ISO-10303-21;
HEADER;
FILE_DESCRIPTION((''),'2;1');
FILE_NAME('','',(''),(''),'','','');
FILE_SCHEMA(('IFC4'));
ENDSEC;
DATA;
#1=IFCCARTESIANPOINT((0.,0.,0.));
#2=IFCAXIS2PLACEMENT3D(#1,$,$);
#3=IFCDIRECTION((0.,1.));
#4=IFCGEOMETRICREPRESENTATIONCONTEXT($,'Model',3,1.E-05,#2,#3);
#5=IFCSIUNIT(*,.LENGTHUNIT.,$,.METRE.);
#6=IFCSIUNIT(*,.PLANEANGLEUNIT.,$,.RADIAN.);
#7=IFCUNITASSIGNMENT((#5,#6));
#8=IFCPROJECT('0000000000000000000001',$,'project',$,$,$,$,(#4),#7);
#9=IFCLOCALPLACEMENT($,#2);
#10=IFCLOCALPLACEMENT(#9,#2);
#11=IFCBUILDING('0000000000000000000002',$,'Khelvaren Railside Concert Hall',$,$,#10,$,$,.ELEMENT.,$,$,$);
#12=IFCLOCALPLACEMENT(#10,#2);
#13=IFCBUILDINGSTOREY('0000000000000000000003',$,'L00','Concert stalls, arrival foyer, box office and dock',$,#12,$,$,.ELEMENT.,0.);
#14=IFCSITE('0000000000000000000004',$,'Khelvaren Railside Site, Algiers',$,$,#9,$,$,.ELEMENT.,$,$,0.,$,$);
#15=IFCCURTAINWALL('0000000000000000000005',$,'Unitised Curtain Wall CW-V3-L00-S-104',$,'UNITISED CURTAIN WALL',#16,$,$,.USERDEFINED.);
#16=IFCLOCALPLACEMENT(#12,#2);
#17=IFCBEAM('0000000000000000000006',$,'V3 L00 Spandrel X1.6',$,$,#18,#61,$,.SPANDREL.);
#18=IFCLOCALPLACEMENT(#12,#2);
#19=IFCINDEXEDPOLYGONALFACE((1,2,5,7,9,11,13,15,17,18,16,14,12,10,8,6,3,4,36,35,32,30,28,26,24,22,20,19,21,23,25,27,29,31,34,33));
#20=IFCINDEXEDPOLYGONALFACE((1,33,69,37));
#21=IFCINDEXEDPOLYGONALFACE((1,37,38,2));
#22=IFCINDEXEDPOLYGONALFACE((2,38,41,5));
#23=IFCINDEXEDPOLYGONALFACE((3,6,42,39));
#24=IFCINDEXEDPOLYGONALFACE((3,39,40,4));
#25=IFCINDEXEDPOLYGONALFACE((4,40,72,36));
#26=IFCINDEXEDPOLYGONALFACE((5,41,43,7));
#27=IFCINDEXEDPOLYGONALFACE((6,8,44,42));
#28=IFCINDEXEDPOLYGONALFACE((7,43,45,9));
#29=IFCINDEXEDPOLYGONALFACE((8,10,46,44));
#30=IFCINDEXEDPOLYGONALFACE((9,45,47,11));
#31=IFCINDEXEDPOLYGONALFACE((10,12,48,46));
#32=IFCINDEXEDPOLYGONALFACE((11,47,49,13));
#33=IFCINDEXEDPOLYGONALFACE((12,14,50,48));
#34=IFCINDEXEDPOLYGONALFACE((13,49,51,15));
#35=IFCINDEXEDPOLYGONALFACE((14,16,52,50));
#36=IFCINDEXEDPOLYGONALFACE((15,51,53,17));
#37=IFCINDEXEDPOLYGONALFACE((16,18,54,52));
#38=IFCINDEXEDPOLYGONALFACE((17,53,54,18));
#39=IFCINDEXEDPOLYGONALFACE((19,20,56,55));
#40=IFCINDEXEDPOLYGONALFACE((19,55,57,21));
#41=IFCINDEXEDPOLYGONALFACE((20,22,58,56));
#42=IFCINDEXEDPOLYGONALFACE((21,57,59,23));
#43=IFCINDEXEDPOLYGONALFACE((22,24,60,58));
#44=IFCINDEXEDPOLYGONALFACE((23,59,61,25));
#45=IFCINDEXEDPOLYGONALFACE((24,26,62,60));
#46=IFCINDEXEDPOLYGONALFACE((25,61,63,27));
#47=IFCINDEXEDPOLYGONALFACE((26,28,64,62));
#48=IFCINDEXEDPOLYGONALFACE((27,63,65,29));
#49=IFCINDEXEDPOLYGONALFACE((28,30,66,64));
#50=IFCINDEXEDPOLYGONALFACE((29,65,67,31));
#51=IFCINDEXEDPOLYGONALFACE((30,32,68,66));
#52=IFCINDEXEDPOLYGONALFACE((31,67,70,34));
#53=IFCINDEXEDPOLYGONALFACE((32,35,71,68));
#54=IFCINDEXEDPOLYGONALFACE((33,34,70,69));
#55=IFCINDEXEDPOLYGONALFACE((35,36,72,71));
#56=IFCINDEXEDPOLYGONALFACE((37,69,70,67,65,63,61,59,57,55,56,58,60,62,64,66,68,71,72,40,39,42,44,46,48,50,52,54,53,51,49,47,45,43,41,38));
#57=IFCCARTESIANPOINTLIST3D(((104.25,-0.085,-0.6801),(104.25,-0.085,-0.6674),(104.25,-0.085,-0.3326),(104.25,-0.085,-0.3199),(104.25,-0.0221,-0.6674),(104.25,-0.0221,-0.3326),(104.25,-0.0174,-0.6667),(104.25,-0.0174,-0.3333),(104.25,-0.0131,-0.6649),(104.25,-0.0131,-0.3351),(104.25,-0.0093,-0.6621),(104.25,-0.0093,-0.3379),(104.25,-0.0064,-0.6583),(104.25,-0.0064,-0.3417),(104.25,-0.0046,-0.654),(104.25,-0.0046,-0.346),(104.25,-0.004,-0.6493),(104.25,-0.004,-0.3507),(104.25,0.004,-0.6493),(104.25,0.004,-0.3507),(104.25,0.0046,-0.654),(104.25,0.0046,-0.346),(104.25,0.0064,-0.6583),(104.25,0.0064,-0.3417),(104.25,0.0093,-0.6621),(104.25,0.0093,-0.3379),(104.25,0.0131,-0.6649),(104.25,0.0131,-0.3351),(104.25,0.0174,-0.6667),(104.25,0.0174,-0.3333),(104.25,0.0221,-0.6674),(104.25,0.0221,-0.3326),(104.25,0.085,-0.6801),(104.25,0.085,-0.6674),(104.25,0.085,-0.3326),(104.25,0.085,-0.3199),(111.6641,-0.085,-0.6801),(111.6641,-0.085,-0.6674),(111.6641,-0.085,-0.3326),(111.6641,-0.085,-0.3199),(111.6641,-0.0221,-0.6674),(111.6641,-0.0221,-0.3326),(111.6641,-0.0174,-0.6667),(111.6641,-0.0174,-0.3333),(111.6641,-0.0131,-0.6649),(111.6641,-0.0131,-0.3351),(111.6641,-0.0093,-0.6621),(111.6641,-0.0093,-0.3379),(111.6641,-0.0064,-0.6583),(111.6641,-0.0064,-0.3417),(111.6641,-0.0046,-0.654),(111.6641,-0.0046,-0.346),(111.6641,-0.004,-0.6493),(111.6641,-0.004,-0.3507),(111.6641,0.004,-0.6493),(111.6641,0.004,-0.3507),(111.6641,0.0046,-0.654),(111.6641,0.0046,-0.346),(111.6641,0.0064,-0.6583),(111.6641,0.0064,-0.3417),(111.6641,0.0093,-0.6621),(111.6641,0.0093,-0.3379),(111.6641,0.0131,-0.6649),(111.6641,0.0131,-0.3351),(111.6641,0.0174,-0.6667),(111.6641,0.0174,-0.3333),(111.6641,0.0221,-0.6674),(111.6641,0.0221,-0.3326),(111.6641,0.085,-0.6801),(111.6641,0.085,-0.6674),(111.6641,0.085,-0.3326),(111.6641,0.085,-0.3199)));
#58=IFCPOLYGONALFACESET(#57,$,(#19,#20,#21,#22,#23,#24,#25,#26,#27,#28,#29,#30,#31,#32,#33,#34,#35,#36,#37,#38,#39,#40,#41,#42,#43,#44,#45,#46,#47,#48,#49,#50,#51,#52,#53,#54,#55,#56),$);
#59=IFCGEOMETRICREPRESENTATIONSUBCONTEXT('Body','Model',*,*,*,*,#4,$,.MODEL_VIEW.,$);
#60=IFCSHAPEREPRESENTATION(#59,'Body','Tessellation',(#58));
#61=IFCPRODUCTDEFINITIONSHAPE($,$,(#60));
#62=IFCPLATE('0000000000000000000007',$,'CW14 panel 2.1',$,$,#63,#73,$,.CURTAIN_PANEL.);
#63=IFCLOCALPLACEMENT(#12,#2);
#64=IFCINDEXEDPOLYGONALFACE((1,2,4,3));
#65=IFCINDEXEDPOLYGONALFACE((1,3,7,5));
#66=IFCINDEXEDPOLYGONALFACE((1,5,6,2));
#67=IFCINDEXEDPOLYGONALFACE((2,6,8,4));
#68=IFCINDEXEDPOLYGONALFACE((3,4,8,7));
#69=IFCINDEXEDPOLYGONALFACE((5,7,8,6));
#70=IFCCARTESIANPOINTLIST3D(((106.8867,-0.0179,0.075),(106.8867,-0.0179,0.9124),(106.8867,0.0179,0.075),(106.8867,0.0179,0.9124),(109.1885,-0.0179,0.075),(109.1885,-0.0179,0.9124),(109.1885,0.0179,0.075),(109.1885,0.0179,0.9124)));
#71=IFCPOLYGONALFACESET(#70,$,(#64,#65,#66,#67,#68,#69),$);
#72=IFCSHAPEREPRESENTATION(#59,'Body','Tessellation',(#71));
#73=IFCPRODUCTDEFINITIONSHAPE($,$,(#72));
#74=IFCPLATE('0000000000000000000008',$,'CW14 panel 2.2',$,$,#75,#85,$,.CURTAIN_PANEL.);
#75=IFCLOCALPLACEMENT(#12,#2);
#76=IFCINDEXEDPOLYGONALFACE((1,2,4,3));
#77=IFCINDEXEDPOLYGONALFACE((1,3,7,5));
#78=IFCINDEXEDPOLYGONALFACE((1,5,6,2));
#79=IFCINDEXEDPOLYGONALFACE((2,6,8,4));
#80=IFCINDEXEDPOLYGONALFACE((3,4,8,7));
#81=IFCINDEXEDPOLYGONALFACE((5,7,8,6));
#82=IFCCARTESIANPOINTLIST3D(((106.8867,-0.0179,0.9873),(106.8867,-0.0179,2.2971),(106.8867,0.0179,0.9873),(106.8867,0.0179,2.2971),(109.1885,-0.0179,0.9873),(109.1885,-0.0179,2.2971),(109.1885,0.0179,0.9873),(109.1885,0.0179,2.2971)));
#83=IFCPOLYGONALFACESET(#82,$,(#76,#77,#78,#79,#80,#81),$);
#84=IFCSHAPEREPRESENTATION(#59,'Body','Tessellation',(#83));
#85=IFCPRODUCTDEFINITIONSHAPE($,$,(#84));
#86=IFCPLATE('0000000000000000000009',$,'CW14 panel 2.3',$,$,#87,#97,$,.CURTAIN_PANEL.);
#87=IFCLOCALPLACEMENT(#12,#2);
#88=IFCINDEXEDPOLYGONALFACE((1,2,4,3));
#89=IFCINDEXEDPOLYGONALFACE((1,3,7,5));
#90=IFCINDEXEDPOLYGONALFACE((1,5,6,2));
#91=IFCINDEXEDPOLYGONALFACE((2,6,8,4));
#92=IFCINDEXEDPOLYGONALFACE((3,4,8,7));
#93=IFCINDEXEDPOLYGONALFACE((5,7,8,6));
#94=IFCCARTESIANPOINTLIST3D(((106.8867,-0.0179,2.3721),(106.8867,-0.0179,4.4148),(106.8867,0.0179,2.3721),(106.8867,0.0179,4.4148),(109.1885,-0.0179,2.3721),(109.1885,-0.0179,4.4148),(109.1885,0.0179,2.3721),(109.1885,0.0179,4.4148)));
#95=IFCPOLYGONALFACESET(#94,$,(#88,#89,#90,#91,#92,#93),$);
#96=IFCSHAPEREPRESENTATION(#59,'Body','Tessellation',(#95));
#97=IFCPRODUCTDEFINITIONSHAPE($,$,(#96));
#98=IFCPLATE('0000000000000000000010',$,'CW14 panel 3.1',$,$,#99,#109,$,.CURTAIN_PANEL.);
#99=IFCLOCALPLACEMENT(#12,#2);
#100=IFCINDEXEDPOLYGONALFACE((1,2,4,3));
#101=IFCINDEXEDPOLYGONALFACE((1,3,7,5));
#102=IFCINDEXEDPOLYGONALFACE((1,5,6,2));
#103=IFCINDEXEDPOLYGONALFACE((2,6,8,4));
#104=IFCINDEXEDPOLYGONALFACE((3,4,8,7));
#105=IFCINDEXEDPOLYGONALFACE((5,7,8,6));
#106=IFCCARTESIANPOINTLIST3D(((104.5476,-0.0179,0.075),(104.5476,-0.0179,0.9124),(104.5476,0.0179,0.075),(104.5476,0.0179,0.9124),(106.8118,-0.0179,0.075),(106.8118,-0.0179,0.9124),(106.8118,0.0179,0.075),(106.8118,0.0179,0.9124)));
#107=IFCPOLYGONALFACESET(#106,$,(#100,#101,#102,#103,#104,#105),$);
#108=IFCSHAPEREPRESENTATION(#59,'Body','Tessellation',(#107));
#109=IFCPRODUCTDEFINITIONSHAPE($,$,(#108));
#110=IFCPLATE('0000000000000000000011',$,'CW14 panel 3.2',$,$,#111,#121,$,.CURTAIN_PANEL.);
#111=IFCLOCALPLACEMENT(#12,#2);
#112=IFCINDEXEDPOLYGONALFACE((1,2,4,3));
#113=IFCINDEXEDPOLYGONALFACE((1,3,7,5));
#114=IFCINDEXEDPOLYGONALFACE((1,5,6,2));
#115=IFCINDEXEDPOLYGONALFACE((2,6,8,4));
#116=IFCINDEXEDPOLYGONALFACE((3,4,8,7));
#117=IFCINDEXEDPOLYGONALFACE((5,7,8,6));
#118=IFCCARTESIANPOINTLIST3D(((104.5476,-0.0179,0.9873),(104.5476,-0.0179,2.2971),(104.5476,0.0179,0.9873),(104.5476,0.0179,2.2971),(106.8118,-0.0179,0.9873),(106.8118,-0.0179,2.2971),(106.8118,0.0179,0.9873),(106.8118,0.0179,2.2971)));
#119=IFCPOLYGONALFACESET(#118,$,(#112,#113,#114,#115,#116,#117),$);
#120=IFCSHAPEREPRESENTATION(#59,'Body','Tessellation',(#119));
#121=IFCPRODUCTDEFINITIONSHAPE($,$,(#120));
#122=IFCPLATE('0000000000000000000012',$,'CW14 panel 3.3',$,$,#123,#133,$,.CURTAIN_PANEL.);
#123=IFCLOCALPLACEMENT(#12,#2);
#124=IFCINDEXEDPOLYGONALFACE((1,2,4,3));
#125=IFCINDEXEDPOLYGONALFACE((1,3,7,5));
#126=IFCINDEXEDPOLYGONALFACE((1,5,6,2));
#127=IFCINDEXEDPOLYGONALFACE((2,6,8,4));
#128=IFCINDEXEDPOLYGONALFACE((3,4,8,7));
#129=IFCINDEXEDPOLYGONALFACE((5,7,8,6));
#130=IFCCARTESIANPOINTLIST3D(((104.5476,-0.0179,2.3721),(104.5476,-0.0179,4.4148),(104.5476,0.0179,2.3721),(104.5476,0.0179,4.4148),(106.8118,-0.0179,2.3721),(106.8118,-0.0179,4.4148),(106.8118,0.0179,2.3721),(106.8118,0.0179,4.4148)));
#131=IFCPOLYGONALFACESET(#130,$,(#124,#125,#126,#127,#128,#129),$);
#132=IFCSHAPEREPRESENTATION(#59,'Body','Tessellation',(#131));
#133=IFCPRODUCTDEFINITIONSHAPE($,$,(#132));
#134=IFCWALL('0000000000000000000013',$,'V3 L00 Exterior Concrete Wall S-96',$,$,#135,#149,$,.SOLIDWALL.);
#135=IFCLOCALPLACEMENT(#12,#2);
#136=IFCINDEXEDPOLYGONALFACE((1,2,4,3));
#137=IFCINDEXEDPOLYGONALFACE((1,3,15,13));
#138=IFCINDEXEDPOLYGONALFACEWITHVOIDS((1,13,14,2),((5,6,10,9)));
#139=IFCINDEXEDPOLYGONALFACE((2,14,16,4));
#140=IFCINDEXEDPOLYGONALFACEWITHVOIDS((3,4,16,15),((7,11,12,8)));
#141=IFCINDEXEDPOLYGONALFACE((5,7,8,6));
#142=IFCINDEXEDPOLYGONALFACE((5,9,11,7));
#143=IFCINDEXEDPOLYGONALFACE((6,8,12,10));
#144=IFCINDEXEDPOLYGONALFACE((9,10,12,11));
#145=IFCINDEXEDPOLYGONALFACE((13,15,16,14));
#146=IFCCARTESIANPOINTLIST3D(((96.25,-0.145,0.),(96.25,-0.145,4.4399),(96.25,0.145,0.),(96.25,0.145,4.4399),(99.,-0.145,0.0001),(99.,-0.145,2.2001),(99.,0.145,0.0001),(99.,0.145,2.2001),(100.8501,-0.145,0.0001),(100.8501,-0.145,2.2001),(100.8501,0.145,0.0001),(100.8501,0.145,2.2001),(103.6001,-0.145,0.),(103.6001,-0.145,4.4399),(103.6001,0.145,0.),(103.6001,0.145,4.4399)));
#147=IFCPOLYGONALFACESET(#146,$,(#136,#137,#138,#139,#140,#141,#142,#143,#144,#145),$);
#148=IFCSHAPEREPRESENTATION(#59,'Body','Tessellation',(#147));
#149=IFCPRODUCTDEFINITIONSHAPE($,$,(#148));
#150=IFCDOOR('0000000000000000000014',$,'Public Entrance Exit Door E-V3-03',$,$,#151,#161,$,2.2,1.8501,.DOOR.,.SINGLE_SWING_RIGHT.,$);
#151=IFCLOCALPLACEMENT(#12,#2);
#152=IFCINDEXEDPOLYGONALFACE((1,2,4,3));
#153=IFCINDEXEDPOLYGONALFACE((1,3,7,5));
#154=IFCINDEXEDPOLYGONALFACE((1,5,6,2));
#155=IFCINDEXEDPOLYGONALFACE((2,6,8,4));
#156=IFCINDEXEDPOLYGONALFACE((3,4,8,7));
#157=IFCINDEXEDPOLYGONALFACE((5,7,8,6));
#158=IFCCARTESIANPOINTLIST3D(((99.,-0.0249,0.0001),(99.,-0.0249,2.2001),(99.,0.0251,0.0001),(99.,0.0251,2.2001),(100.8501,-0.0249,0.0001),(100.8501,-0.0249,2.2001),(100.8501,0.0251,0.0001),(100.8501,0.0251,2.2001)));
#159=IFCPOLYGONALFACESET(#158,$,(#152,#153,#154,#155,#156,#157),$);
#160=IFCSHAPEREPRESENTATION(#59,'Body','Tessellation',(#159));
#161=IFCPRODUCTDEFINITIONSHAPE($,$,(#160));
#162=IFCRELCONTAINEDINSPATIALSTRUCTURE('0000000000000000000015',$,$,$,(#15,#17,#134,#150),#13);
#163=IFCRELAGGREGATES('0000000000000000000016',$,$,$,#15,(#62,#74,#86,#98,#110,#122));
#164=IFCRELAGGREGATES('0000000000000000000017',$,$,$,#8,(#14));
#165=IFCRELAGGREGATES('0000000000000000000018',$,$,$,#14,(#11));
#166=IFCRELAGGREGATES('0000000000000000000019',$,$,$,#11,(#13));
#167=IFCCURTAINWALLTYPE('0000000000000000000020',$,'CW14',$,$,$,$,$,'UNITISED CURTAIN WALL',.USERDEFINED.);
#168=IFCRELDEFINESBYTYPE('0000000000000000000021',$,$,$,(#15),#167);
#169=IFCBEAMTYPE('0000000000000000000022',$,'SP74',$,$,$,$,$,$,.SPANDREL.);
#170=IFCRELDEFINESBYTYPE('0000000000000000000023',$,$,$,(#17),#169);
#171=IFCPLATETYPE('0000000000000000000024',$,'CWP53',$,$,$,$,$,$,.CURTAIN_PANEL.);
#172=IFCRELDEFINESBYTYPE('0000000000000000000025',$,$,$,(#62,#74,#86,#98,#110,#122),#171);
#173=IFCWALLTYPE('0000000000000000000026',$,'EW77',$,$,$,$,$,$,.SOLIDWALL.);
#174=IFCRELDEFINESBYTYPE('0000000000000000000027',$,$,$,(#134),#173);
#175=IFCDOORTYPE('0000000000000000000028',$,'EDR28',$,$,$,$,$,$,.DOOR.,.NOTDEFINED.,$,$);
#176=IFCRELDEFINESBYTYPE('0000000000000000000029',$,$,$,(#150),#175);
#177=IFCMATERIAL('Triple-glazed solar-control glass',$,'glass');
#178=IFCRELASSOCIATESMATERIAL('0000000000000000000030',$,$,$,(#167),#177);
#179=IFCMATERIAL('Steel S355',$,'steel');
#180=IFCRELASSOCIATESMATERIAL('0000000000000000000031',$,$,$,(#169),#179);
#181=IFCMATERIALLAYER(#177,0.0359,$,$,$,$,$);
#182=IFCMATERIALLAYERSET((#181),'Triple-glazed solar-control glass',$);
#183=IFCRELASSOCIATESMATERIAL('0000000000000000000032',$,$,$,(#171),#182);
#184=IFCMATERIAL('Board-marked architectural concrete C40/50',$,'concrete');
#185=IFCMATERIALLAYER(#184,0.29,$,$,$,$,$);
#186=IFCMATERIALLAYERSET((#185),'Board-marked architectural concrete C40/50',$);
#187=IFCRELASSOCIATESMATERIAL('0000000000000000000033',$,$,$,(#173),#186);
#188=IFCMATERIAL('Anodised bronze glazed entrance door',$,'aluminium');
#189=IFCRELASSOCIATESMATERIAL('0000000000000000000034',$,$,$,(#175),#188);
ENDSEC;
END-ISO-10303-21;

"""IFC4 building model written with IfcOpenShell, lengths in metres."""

from ifc_helpers import new_model, si_unit, direction, frame, frame_2d, origin, origin_2d, place, context, subcontext, project, spatial, rectangle, i_section, extrude, material, layer, layer_set, material_profile, profile_set, type_object, element, fill, aggregate, save


model = new_model("IFC4")

# Units and contexts
model_context = context("Model", 3, precision=1e-05, world=origin(), true_north=direction((0.0, 1.0)))
body_context = subcontext(model_context, "Body", "Model", "MODEL_VIEW")
ifc_project = project(units=[si_unit("LENGTHUNIT", "METRE"), si_unit("PLANEANGLEUNIT", "RADIAN")], contexts=[model_context])

# Site, building, storey
site_placement = place(None, origin())
site = spatial("IfcSite", under=ifc_project, at=site_placement, Name="Khelvaren Railside Site, Algiers", CompositionType="ELEMENT", RefElevation=0.0)
building_placement = place(site_placement, origin())
building = spatial("IfcBuilding", under=site, at=building_placement, Name="Khelvaren Railside Concert Hall", CompositionType="ELEMENT")
storey_placement = place(building_placement, origin())
storey = spatial("IfcBuildingStorey", under=building, at=storey_placement, Name="L00", Description="Concert stalls, arrival foyer, box office and dock", CompositionType="ELEMENT", Elevation=0.0)

# Curtain wall
ifc_material_1 = material(Name="Triple-glazed solar-control glass", Category="glass")
curtain_wall_type = type_object("IfcCurtainWallType", Name="CW14", ElementType="UNITISED CURTAIN WALL", PredefinedType="USERDEFINED", material=ifc_material_1)
curtain_wall_placement = place(storey_placement, origin())
curtain_wall = element("IfcCurtainWall", 1, at=curtain_wall_placement, inside=storey, type_object=curtain_wall_type, Name="Unitised Curtain Wall CW-V3-L00-S-104", ObjectType="UNITISED CURTAIN WALL", PredefinedType="USERDEFINED")

# Beam
ifc_material_2 = material(Name="Steel S355", Category="steel")
ifc_material_profile_1 = material_profile(ifc_material_2, i_section(OverallWidth=0.1699, OverallDepth=0.3601, WebThickness=0.0081, FlangeThickness=0.0127, FilletRadius=0.0181, at=origin_2d()), Name="IPE 360")
ifc_profile_set_1 = profile_set([ifc_material_profile_1], Name="Steel S355")
beam_type_1 = type_object("IfcBeamType", Name="SP74", PredefinedType="SPANDREL", material=ifc_profile_set_1)
beam_1_placement = place(storey_placement, frame((104.25, 0.0, -0.5), z_axis=(1.0, 0.0, 0.0), x_axis=(0.0, 1.0, 0.0)))
element("IfcBeam", 2, at=beam_1_placement, inside=storey, type_object=beam_type_1, Name="V3 L00 Spandrel X1.6", PredefinedType="SPANDREL", context=body_context, shape_type="SweptSolid", body=[
    extrude(i_section(OverallWidth=0.1699, OverallDepth=0.3601, WebThickness=0.0081, FlangeThickness=0.0127, FilletRadius=0.0181, at=origin_2d()), origin(), (0.0, 0.0, 1.0), 7.4141),
])

# Plates
ifc_layer_1 = layer(ifc_material_1, 0.0359)
ifc_layer_set_1 = layer_set([ifc_layer_1], Name="Triple-glazed solar-control glass")
plate_type = type_object("IfcPlateType", Name="CWP53", PredefinedType="CURTAIN_PANEL", material=ifc_layer_set_1)
plate_1_placement = place(storey_placement, frame((108.0376, 0.0, 0.075), z_axis=(0.0, 0.0, 1.0), x_axis=(-1.0, 0.0, 0.0)))
plate_1 = element("IfcPlate", 3, at=plate_1_placement, type_object=plate_type, Name="CW14 panel 2.1", PredefinedType="CURTAIN_PANEL", context=body_context, shape_type="SweptSolid", body=[
    extrude(rectangle(XDim=2.3018, YDim=0.0359, at=origin_2d()), origin(), (0.0, 0.0, 1.0), 0.8374),
])
plate_2_placement = place(storey_placement, frame((108.0376, 0.0, 0.9873), z_axis=(0.0, 0.0, 1.0), x_axis=(-1.0, 0.0, 0.0)))
plate_2 = element("IfcPlate", 4, at=plate_2_placement, type_object=plate_type, Name="CW14 panel 2.2", PredefinedType="CURTAIN_PANEL", context=body_context, shape_type="SweptSolid", body=[
    extrude(rectangle(XDim=2.3018, YDim=0.0359, at=origin_2d()), origin(), (0.0, 0.0, 1.0), 1.3098),
])
plate_3_placement = place(storey_placement, frame((108.0376, 0.0, 2.3721), z_axis=(0.0, 0.0, 1.0), x_axis=(-1.0, 0.0, 0.0)))
plate_3 = element("IfcPlate", 5, at=plate_3_placement, type_object=plate_type, Name="CW14 panel 2.3", PredefinedType="CURTAIN_PANEL", context=body_context, shape_type="SweptSolid", body=[
    extrude(rectangle(XDim=2.3018, YDim=0.0359, at=origin_2d()), origin(), (0.0, 0.0, 1.0), 2.0427),
])
plate_4_placement = place(storey_placement, frame((105.6797, 0.0, 0.075), z_axis=(0.0, 0.0, 1.0), x_axis=(-1.0, 0.0, 0.0)))
plate_4 = element("IfcPlate", 6, at=plate_4_placement, type_object=plate_type, Name="CW14 panel 3.1", PredefinedType="CURTAIN_PANEL", context=body_context, shape_type="SweptSolid", body=[
    extrude(rectangle(XDim=2.2642, YDim=0.0359, at=origin_2d()), origin(), (0.0, 0.0, 1.0), 0.8374),
])
plate_5_placement = place(storey_placement, frame((105.6797, 0.0, 0.9873), z_axis=(0.0, 0.0, 1.0), x_axis=(-1.0, 0.0, 0.0)))
plate_5 = element("IfcPlate", 7, at=plate_5_placement, type_object=plate_type, Name="CW14 panel 3.2", PredefinedType="CURTAIN_PANEL", context=body_context, shape_type="SweptSolid", body=[
    extrude(rectangle(XDim=2.2642, YDim=0.0359, at=origin_2d()), origin(), (0.0, 0.0, 1.0), 1.3098),
])
plate_6_placement = place(storey_placement, frame((105.6797, 0.0, 2.3721), z_axis=(0.0, 0.0, 1.0), x_axis=(-1.0, 0.0, 0.0)))
plate_6 = element("IfcPlate", 8, at=plate_6_placement, type_object=plate_type, Name="CW14 panel 3.3", PredefinedType="CURTAIN_PANEL", context=body_context, shape_type="SweptSolid", body=[
    extrude(rectangle(XDim=2.2642, YDim=0.0359, at=origin_2d()), origin(), (0.0, 0.0, 1.0), 2.0427),
])
aggregate(curtain_wall, [plate_1, plate_2, plate_3, plate_4, plate_5, plate_6])

# Wall, opening, door
ifc_material_3 = material(Name="Board-marked architectural concrete C40/50", Category="concrete")
ifc_layer_2 = layer(ifc_material_3, 0.29)
ifc_layer_set_2 = layer_set([ifc_layer_2], Name="Board-marked architectural concrete C40/50")
wall_type = type_object("IfcWallType", Name="EW77", PredefinedType="SOLIDWALL", material=ifc_layer_set_2)
wall_placement = place(storey_placement, frame((103.6001, 0.0, 0.0), z_axis=(0.0, 0.0, 1.0), x_axis=(-1.0, 0.0, 0.0)))
wall = element("IfcWall", 9, at=wall_placement, inside=storey, type_object=wall_type, Name="V3 L00 Exterior Concrete Wall S-96", PredefinedType="SOLIDWALL", context=body_context, shape_type="SweptSolid", body=[
    extrude(rectangle(XDim=7.3501, YDim=0.29, at=frame_2d((3.675, 0.0))), origin(), (0.0, 0.0, 1.0), 4.4399),
])
opening_placement = place(wall_placement, frame((2.75, 0.0, 0.0)))
opening = element("IfcOpeningElement", 10, at=opening_placement, cuts=wall, PredefinedType="OPENING", context=body_context, shape_type="SweptSolid", body=[
    extrude(rectangle(XDim=1.8501, YDim=2.2, at=frame_2d((0.925, 1.1001))), frame((0.0, 0.155, 0.0), z_axis=(0.0, -1.0, 0.0), x_axis=(1.0, 0.0, 0.0)), (0.0, 0.0, 1.0), 0.3101),
])
ifc_material_4 = material(Name="Anodised bronze glazed entrance door", Category="aluminium")
door_type = type_object("IfcDoorType", Name="EDR28", OperationType="NOTDEFINED", PredefinedType="DOOR", material=ifc_material_4)
door_placement = place(opening_placement, origin())
door = element("IfcDoor", 11, at=door_placement, inside=storey, type_object=door_type, Name="Public Entrance Exit Door E-V3-03", OperationType="SINGLE_SWING_RIGHT", OverallHeight=2.2, OverallWidth=1.8501, PredefinedType="DOOR", context=body_context, shape_type="SweptSolid", body=[
    extrude(rectangle(XDim=1.8501, YDim=2.2, at=frame_2d((0.925, 1.1001))), frame((0.0, 0.0249, 0.0), z_axis=(0.0, -1.0, 0.0), x_axis=(1.0, 0.0, 0.0)), (0.0, 0.0, 1.0), 0.05),
])
fill(opening, door)

save(model, "model.ifc")
